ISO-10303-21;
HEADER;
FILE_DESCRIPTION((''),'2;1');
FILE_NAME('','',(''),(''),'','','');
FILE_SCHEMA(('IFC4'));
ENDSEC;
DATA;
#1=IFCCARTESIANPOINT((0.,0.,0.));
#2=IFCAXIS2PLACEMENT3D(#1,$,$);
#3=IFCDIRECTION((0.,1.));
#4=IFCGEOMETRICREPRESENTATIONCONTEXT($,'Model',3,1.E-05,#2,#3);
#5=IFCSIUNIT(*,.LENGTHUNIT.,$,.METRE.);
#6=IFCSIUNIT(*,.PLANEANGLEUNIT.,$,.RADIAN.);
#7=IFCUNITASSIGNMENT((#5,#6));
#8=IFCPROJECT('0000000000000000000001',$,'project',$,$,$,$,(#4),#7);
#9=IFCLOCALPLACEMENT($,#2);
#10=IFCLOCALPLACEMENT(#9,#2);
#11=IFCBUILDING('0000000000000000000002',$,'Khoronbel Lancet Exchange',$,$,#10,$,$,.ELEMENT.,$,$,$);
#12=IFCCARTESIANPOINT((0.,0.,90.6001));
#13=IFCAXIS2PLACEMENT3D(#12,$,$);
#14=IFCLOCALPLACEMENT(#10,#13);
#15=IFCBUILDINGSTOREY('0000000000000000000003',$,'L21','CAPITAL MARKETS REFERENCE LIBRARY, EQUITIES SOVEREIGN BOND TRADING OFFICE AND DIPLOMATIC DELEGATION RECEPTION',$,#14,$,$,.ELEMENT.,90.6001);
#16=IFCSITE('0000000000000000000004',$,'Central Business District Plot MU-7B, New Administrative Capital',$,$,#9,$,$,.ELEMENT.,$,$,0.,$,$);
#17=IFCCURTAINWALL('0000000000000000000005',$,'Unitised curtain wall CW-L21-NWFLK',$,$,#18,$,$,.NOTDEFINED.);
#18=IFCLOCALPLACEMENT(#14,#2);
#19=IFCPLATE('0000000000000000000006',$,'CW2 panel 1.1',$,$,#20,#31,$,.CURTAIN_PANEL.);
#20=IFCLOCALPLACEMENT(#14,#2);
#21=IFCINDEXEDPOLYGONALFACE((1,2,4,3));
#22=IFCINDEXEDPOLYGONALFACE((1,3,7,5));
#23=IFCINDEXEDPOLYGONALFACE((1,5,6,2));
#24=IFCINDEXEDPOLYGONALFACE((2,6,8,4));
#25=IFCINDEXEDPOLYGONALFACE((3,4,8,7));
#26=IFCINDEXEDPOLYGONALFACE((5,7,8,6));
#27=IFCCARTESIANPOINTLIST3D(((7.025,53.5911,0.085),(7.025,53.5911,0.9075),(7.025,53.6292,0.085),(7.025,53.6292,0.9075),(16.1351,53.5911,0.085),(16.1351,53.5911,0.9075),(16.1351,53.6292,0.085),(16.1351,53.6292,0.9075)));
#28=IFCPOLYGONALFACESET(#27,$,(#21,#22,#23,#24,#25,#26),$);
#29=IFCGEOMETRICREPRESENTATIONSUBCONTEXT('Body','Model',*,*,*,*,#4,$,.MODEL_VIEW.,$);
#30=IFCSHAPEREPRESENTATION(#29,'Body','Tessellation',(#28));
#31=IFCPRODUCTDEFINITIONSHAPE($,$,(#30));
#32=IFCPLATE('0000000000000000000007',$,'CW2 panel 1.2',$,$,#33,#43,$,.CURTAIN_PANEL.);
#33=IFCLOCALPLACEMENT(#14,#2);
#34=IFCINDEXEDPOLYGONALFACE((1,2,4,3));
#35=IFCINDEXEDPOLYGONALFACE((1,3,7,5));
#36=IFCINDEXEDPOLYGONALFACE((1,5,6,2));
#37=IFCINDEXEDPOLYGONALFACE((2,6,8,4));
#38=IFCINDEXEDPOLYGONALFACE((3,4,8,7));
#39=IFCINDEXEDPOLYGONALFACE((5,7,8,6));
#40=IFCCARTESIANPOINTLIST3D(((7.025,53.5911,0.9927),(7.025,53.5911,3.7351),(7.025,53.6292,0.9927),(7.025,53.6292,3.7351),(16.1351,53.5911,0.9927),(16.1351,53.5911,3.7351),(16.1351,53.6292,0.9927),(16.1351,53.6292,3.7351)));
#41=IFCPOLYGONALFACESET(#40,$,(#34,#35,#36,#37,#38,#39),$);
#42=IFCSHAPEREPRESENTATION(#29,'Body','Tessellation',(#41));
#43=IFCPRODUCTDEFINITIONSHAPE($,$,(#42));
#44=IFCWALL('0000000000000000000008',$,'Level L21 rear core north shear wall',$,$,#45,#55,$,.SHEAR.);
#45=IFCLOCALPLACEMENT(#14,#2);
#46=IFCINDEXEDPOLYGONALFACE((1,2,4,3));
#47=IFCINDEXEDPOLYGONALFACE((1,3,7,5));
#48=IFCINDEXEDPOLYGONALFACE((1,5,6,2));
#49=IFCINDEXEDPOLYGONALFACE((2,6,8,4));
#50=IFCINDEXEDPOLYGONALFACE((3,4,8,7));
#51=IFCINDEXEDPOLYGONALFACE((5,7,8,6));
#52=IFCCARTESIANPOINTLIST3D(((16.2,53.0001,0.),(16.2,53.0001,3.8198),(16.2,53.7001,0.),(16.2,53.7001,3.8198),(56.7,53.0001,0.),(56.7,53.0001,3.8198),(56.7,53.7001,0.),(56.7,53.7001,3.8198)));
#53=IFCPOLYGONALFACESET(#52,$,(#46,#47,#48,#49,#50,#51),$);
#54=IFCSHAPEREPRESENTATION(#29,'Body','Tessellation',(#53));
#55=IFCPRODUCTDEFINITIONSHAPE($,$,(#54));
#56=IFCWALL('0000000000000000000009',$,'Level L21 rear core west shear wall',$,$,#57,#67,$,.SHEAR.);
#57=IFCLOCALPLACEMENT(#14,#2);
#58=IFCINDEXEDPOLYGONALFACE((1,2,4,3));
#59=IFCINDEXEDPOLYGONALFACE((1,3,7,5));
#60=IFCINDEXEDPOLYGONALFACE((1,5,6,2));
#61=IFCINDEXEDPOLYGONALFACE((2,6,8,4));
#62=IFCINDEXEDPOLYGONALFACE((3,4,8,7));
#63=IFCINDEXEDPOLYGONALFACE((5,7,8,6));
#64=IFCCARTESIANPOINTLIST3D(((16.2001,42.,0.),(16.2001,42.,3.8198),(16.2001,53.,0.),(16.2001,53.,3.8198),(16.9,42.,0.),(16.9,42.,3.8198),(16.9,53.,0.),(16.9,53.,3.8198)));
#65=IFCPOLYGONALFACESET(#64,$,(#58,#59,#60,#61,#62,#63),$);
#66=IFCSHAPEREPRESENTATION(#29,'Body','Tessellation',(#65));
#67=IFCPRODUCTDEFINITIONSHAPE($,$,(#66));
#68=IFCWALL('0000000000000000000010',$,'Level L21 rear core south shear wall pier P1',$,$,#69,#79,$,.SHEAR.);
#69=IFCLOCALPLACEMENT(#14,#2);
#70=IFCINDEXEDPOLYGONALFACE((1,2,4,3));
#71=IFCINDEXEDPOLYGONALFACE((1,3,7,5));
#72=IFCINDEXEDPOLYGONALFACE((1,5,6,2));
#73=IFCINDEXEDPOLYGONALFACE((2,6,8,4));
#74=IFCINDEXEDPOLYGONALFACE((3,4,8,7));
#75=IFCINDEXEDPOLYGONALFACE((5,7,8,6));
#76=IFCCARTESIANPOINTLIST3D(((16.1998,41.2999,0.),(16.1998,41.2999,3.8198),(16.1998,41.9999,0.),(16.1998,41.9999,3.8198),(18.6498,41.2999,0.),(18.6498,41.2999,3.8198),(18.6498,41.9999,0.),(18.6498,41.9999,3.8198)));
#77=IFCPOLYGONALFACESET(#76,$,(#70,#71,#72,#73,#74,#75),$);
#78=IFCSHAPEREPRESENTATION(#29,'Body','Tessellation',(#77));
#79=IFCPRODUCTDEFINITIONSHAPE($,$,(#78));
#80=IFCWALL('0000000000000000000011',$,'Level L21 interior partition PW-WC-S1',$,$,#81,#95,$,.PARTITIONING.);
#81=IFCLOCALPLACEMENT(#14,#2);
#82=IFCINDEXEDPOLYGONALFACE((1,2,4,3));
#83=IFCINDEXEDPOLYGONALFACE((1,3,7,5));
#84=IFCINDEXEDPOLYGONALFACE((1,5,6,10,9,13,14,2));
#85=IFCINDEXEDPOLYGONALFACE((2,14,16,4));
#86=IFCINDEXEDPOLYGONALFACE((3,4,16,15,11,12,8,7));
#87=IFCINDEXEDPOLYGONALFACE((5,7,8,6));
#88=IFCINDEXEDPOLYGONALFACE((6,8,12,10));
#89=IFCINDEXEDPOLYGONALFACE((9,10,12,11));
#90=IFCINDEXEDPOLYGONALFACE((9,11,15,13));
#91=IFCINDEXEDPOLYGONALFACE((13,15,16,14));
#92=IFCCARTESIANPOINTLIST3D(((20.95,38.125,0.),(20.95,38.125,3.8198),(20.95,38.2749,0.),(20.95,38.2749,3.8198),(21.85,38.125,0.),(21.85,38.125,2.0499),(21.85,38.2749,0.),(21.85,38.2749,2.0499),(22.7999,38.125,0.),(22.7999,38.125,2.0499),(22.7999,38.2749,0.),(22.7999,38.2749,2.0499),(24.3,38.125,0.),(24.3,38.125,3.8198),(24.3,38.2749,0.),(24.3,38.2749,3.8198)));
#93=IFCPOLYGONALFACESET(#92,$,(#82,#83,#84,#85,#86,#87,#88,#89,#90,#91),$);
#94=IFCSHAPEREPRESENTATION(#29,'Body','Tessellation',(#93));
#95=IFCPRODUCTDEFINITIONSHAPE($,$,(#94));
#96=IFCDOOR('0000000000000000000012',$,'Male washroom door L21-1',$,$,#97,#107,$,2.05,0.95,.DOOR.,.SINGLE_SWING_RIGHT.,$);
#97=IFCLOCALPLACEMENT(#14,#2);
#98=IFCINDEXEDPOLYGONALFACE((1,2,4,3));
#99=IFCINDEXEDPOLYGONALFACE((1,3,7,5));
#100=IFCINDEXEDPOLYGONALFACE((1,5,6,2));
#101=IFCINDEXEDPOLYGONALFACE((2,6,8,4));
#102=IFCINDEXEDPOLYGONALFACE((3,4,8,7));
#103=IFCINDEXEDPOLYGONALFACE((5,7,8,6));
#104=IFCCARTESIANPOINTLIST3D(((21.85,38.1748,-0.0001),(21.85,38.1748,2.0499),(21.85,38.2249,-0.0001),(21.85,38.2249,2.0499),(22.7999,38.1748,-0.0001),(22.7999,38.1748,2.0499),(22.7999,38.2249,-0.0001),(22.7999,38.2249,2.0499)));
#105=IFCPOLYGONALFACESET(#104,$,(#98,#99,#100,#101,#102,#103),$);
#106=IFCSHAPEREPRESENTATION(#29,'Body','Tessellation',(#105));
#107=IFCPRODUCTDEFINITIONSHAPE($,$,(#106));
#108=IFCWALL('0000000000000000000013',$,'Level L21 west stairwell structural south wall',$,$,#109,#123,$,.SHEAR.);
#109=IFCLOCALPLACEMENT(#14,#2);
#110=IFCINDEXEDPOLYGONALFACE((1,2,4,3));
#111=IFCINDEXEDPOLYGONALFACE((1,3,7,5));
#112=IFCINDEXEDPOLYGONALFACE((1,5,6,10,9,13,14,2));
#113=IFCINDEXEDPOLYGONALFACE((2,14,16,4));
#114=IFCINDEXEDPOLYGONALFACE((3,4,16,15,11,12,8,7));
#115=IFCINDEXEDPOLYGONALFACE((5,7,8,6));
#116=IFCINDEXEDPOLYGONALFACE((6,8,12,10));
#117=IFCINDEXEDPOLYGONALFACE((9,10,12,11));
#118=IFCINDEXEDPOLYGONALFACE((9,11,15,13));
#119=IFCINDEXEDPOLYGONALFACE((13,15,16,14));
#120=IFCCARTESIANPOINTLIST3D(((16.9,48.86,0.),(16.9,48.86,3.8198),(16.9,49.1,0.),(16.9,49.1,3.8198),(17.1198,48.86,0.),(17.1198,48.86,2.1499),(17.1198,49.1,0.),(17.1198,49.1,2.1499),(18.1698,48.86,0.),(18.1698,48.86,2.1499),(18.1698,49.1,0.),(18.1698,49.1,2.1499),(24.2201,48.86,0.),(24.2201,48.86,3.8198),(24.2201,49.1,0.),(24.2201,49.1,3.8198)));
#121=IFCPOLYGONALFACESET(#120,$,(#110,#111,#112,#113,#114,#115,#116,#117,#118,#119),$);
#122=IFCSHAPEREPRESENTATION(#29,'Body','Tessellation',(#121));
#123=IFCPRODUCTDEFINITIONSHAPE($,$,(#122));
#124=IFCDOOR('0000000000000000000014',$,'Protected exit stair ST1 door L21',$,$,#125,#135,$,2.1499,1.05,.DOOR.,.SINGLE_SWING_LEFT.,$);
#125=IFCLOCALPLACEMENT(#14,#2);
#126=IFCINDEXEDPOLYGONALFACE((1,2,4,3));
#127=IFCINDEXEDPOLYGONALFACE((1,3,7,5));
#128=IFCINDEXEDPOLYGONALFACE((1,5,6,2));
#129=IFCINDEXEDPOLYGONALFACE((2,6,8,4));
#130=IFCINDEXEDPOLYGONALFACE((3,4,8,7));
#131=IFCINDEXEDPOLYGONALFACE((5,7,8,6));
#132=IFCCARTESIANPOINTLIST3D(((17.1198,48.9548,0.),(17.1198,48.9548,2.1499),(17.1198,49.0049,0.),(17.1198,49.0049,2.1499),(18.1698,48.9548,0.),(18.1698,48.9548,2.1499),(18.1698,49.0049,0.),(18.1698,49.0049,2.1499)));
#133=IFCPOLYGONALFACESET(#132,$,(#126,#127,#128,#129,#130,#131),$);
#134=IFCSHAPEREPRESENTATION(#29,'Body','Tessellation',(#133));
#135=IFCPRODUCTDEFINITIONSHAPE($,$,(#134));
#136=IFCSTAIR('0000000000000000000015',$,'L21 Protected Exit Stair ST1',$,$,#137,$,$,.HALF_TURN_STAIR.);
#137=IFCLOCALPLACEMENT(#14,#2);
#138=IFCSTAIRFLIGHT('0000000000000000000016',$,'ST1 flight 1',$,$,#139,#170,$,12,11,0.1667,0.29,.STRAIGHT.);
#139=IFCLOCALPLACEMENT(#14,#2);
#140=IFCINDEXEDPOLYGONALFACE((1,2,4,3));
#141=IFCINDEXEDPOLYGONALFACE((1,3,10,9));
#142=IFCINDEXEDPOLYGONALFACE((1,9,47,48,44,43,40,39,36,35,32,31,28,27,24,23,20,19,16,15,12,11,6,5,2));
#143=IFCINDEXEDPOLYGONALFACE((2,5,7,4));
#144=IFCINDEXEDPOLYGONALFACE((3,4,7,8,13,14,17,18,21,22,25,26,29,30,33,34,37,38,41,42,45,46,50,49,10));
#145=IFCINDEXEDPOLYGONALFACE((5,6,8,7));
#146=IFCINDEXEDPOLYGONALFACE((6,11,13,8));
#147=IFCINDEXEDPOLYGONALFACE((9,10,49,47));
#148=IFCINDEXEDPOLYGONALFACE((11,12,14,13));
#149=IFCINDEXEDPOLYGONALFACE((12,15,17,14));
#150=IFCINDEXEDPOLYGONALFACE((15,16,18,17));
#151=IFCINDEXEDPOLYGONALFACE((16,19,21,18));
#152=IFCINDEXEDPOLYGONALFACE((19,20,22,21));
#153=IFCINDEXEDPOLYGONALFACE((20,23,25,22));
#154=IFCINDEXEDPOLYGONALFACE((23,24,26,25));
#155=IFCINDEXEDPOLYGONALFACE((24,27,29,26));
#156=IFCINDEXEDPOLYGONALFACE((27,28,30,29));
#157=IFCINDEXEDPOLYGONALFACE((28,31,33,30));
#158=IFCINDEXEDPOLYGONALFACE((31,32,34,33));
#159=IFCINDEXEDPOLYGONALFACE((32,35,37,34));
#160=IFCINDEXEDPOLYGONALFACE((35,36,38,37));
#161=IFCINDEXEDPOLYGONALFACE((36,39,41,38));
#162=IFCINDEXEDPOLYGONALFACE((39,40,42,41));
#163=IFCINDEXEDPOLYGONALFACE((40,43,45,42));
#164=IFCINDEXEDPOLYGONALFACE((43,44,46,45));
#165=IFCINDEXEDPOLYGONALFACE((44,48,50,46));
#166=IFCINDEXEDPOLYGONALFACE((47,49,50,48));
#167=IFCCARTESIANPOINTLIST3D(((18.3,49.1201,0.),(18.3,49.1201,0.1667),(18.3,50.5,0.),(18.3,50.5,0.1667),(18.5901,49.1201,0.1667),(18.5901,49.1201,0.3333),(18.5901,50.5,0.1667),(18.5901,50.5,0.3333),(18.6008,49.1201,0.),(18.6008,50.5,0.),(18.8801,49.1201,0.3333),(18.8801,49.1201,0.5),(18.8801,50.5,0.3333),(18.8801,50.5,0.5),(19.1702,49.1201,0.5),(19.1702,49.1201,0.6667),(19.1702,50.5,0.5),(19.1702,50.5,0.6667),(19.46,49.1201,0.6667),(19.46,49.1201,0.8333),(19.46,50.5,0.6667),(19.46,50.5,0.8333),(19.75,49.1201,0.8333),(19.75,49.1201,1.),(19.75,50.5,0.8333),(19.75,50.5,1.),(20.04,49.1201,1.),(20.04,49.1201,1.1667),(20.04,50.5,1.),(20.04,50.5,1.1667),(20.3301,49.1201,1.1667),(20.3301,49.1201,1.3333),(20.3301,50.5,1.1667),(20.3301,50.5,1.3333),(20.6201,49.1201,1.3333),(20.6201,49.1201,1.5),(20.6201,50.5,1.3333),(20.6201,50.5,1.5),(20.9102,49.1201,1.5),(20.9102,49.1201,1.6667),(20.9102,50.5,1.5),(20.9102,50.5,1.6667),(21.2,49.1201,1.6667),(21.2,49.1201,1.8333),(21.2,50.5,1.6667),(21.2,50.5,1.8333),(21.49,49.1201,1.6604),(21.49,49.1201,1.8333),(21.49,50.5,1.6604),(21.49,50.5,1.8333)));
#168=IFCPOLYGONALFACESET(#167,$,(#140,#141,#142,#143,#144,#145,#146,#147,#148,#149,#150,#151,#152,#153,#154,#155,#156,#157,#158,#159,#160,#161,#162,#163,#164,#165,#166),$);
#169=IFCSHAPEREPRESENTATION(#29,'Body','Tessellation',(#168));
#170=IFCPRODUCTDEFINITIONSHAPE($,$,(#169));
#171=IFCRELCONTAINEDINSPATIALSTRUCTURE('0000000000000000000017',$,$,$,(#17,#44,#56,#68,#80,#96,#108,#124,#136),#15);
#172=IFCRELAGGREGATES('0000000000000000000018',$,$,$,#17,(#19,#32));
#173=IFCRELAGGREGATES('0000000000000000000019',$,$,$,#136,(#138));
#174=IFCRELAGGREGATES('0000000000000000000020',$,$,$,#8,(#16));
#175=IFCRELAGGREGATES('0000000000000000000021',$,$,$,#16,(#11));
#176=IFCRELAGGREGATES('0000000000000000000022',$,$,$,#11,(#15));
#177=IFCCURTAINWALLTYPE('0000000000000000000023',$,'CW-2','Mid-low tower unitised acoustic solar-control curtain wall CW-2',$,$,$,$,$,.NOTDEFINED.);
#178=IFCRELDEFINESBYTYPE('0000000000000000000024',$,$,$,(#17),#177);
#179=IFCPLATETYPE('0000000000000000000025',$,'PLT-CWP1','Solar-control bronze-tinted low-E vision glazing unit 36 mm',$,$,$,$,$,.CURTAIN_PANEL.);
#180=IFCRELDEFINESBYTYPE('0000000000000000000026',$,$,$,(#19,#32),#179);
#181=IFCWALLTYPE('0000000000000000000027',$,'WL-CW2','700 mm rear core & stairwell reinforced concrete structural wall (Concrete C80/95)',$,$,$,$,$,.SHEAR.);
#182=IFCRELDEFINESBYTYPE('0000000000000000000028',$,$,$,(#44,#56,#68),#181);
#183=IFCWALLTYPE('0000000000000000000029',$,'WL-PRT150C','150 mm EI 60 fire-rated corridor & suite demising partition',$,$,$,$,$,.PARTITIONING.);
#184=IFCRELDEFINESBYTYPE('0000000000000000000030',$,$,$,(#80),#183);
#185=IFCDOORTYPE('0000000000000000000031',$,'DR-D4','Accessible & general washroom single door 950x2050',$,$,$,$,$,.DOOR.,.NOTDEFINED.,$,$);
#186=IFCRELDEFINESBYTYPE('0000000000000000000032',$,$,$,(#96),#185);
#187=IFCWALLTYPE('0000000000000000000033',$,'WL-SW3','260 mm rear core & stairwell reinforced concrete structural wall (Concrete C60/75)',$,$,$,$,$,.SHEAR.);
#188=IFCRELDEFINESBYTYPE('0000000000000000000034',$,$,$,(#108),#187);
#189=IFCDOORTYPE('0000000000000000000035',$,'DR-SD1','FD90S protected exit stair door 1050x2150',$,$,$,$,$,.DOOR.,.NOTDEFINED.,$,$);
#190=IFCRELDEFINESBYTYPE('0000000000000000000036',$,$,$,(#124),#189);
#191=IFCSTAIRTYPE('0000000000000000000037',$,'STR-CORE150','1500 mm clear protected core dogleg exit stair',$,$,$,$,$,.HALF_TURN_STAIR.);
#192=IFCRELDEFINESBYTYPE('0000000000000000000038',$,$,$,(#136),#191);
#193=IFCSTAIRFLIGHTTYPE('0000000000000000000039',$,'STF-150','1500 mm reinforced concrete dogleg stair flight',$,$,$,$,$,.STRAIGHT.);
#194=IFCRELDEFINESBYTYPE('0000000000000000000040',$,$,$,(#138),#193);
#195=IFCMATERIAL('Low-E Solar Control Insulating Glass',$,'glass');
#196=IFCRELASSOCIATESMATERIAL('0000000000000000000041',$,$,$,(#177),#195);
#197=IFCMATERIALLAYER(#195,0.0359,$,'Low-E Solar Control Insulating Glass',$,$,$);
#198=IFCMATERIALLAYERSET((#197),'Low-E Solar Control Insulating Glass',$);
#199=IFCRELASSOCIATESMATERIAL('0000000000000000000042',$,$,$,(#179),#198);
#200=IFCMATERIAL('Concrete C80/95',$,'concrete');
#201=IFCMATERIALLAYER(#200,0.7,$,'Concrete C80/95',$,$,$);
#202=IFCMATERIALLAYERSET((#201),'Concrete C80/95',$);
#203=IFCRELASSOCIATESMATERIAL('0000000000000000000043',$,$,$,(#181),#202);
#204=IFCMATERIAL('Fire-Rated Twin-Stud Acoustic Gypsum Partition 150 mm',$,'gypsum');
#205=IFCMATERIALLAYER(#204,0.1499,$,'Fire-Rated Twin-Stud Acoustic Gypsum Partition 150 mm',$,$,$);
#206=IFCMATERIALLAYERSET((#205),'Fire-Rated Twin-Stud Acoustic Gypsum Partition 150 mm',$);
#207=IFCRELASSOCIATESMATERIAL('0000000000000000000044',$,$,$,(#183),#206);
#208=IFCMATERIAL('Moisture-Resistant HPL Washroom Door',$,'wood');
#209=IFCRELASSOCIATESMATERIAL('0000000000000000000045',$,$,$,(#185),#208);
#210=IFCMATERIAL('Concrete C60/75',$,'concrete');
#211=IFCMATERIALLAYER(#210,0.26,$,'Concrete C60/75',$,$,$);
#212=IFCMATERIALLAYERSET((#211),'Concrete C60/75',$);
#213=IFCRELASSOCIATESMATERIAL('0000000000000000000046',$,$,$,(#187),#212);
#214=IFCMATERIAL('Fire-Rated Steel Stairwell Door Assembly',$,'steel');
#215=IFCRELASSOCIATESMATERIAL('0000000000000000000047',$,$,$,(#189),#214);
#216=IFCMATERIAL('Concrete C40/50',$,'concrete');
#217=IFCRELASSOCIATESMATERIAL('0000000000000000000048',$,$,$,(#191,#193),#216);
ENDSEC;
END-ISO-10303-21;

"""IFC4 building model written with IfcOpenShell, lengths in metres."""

from ifc_helpers import new_model, si_unit, direction, frame, frame_2d, origin, origin_2d, place, context, subcontext, project, spatial, polyline, rectangle, outline, extrude, material, layer, layer_set, type_object, element, fill, aggregate, save


model = new_model("IFC4")

# Units and contexts
model_context = context("Model", 3, precision=1e-05, world=origin(), true_north=direction((0.0, 1.0)))
body_context = subcontext(model_context, "Body", "Model", "MODEL_VIEW")
ifc_project = project(units=[si_unit("LENGTHUNIT", "METRE"), si_unit("PLANEANGLEUNIT", "RADIAN")], contexts=[model_context])

# Site, building, storey
site_placement = place(None, origin())
site = spatial("IfcSite", under=ifc_project, at=site_placement, Name="Central Business District Plot MU-7B, New Administrative Capital", CompositionType="ELEMENT", RefElevation=0.0)
building_placement = place(site_placement, origin())
building = spatial("IfcBuilding", under=site, at=building_placement, Name="Khoronbel Lancet Exchange", CompositionType="ELEMENT")
storey_placement = place(building_placement, frame((0.0, 0.0, 90.6001)))
storey = spatial("IfcBuildingStorey", under=building, at=storey_placement, Name="L21", Description="CAPITAL MARKETS REFERENCE LIBRARY, EQUITIES SOVEREIGN BOND TRADING OFFICE AND DIPLOMATIC DELEGATION RECEPTION", CompositionType="ELEMENT", Elevation=90.6001)

# Shared definitions
ifc_material_1 = material(Name="Concrete C80/95", Category="concrete")

# Curtain wall, plates
ifc_material_2 = material(Name="Low-E Solar Control Insulating Glass", Category="glass")
curtain_wall_type = type_object("IfcCurtainWallType", Name="CW-2", Description="Mid-low tower unitised acoustic solar-control curtain wall CW-2", PredefinedType="NOTDEFINED", material=ifc_material_2)
curtain_wall_placement = place(storey_placement, origin())
curtain_wall = element("IfcCurtainWall", 1, at=curtain_wall_placement, inside=storey, type_object=curtain_wall_type, Name="Unitised curtain wall CW-L21-NWFLK", PredefinedType="NOTDEFINED")
ifc_layer_1 = layer(ifc_material_2, 0.0359, Name="Low-E Solar Control Insulating Glass")
ifc_layer_set_1 = layer_set([ifc_layer_1], Name="Low-E Solar Control Insulating Glass")
plate_type_1 = type_object("IfcPlateType", Name="PLT-CWP1", Description="Solar-control bronze-tinted low-E vision glazing unit 36 mm", PredefinedType="CURTAIN_PANEL", material=ifc_layer_set_1)
plate_1_placement = place(storey_placement, frame((11.5801, 53.6101, 0.085), z_axis=(0.0, 0.0, 1.0), x_axis=(-1.0, 0.0, 0.0)))
plate_1 = element("IfcPlate", 2, at=plate_1_placement, type_object=plate_type_1, Name="CW2 panel 1.1", PredefinedType="CURTAIN_PANEL", context=body_context, shape_type="SweptSolid", body=[
    extrude(rectangle(XDim=9.1101, YDim=0.0381, at=origin_2d()), origin(), (0.0, 0.0, 1.0), 0.8225),
])
plate_2_placement = place(storey_placement, frame((11.5801, 53.6101, 0.9927), z_axis=(0.0, 0.0, 1.0), x_axis=(-1.0, 0.0, 0.0)))
plate_2 = element("IfcPlate", 3, at=plate_2_placement, type_object=plate_type_1, Name="CW2 panel 1.2", PredefinedType="CURTAIN_PANEL", context=body_context, shape_type="SweptSolid", body=[
    extrude(rectangle(XDim=9.1101, YDim=0.0381, at=origin_2d()), origin(), (0.0, 0.0, 1.0), 2.7424),
])
aggregate(curtain_wall, [plate_1, plate_2])

# Walls
ifc_layer_2 = layer(ifc_material_1, 0.7, Name="Concrete C80/95")
ifc_layer_set_2 = layer_set([ifc_layer_2], Name="Concrete C80/95")
wall_type_1 = type_object("IfcWallType", Name="WL-CW2", Description="700 mm rear core & stairwell reinforced concrete structural wall (Concrete C80/95)", PredefinedType="SHEAR", material=ifc_layer_set_2)
wall_1_placement = place(storey_placement, frame((16.2, 53.3501, 0.0), z_axis=(0.0, 0.0, 1.0), x_axis=(1.0, 0.0, 0.0)))
element("IfcWall", 4, at=wall_1_placement, inside=storey, type_object=wall_type_1, Name="Level L21 rear core north shear wall", PredefinedType="SHEAR", context=body_context, shape_type="SweptSolid", body=[
    extrude(rectangle(XDim=40.5, YDim=0.7, at=frame_2d((20.25, 0.0))), origin(), (0.0, 0.0, 1.0), 3.8198),
])
wall_2_placement = place(storey_placement, frame((16.55, 42.0, 0.0), z_axis=(0.0, 0.0, 1.0), x_axis=(0.0, 1.0, 0.0)))
element("IfcWall", 5, at=wall_2_placement, inside=storey, type_object=wall_type_1, Name="Level L21 rear core west shear wall", PredefinedType="SHEAR", context=body_context, shape_type="SweptSolid", body=[
    extrude(rectangle(XDim=11.0, YDim=0.7, at=frame_2d((5.5, 0.0))), origin(), (0.0, 0.0, 1.0), 3.8198),
])
wall_3_placement = place(storey_placement, frame((18.6499, 41.6499, 0.0), z_axis=(0.0, 0.0, 1.0), x_axis=(-1.0, 0.0, 0.0)))
element("IfcWall", 6, at=wall_3_placement, inside=storey, type_object=wall_type_1, Name="Level L21 rear core south shear wall pier P1", PredefinedType="SHEAR", context=body_context, shape_type="SweptSolid", body=[
    extrude(rectangle(XDim=2.45, YDim=0.7, at=frame_2d((1.2251, 0.0))), origin(), (0.0, 0.0, 1.0), 3.8198),
])

# Walls, openings, doors
ifc_material_3 = material(Name="Fire-Rated Twin-Stud Acoustic Gypsum Partition 150 mm", Category="gypsum")
ifc_layer_3 = layer(ifc_material_3, 0.1499, Name="Fire-Rated Twin-Stud Acoustic Gypsum Partition 150 mm")
ifc_layer_set_3 = layer_set([ifc_layer_3], Name="Fire-Rated Twin-Stud Acoustic Gypsum Partition 150 mm")
wall_type_2 = type_object("IfcWallType", Name="WL-PRT150C", Description="150 mm EI 60 fire-rated corridor & suite demising partition", PredefinedType="PARTITIONING", material=ifc_layer_set_3)
wall_4_placement = place(storey_placement, frame((20.95, 38.2, 0.0), z_axis=(0.0, 0.0, 1.0), x_axis=(1.0, 0.0, 0.0)))
wall_4 = element("IfcWall", 7, at=wall_4_placement, inside=storey, type_object=wall_type_2, Name="Level L21 interior partition PW-WC-S1", PredefinedType="PARTITIONING", context=body_context, shape_type="SweptSolid", body=[
    extrude(rectangle(XDim=3.3501, YDim=0.1499, at=frame_2d((1.675, 0.0))), origin(), (0.0, 0.0, 1.0), 3.8198),
])
opening_1_placement = place(wall_4_placement, frame((0.8999, 0.0, 0.0)))
opening_1 = element("IfcOpeningElement", 8, at=opening_1_placement, cuts=wall_4, PredefinedType="OPENING", context=body_context, shape_type="SweptSolid", body=[
    extrude(rectangle(XDim=0.95, YDim=2.05, at=frame_2d((0.4751, 1.0249))), frame((0.0, 0.085, 0.0), z_axis=(0.0, -1.0, 0.0), x_axis=(1.0, 0.0, 0.0)), (0.0, 0.0, 1.0), 0.1699),
])
ifc_material_4 = material(Name="Moisture-Resistant HPL Washroom Door", Category="wood")
door_type_1 = type_object("IfcDoorType", Name="DR-D4", Description="Accessible & general washroom single door 950x2050", OperationType="NOTDEFINED", PredefinedType="DOOR", material=ifc_material_4)
door_1_placement = place(opening_1_placement, origin())
door_1 = element("IfcDoor", 9, at=door_1_placement, inside=storey, type_object=door_type_1, Name="Male washroom door L21-1", OperationType="SINGLE_SWING_RIGHT", OverallHeight=2.05, OverallWidth=0.95, PredefinedType="DOOR", context=body_context, shape_type="SweptSolid", body=[
    extrude(rectangle(XDim=0.95, YDim=2.05, at=frame_2d((0.4751, 1.0249))), frame((0.0, 0.0249, 0.0), z_axis=(0.0, -1.0, 0.0), x_axis=(1.0, 0.0, 0.0)), (0.0, 0.0, 1.0), 0.05),
])
fill(opening_1, door_1)
ifc_material_5 = material(Name="Concrete C60/75", Category="concrete")
ifc_layer_4 = layer(ifc_material_5, 0.26, Name="Concrete C60/75")
ifc_layer_set_4 = layer_set([ifc_layer_4], Name="Concrete C60/75")
wall_type_3 = type_object("IfcWallType", Name="WL-SW3", Description="260 mm rear core & stairwell reinforced concrete structural wall (Concrete C60/75)", PredefinedType="SHEAR", material=ifc_layer_set_4)
wall_5_placement = place(storey_placement, frame((16.8999, 48.98, 0.0), z_axis=(0.0, 0.0, 1.0), x_axis=(1.0, 0.0, 0.0)))
wall_5 = element("IfcWall", 10, at=wall_5_placement, inside=storey, type_object=wall_type_3, Name="Level L21 west stairwell structural south wall", PredefinedType="SHEAR", context=body_context, shape_type="SweptSolid", body=[
    extrude(rectangle(XDim=7.3201, YDim=0.24, at=frame_2d((3.6602, 0.0))), origin(), (0.0, 0.0, 1.0), 3.8198),
])
opening_2_placement = place(wall_5_placement, frame((0.22, 0.0, 0.0)))
opening_2 = element("IfcOpeningElement", 11, at=opening_2_placement, cuts=wall_5, PredefinedType="OPENING", context=body_context, shape_type="SweptSolid", body=[
    extrude(rectangle(XDim=1.05, YDim=2.1499, at=frame_2d((0.5249, 1.075))), frame((0.0, 0.1299, 0.0), z_axis=(0.0, -1.0, 0.0), x_axis=(1.0, 0.0, 0.0)), (0.0, 0.0, 1.0), 0.26),
])
ifc_material_6 = material(Name="Fire-Rated Steel Stairwell Door Assembly", Category="steel")
door_type_2 = type_object("IfcDoorType", Name="DR-SD1", Description="FD90S protected exit stair door 1050x2150", OperationType="NOTDEFINED", PredefinedType="DOOR", material=ifc_material_6)
door_2_placement = place(opening_2_placement, origin())
door_2 = element("IfcDoor", 12, at=door_2_placement, inside=storey, type_object=door_type_2, Name="Protected exit stair ST1 door L21", OperationType="SINGLE_SWING_LEFT", OverallHeight=2.1499, OverallWidth=1.05, PredefinedType="DOOR", context=body_context, shape_type="SweptSolid", body=[
    extrude(rectangle(XDim=1.05, YDim=2.1499, at=frame_2d((0.5249, 1.075))), frame((0.0, 0.0249, 0.0), z_axis=(0.0, -1.0, 0.0), x_axis=(1.0, 0.0, 0.0)), (0.0, 0.0, 1.0), 0.05),
])
fill(opening_2, door_2)

# Stair, stair flight
ifc_material_7 = material(Name="Concrete C40/50", Category="concrete")
stair_type = type_object("IfcStairType", Name="STR-CORE150", Description="1500 mm clear protected core dogleg exit stair", PredefinedType="HALF_TURN_STAIR", material=ifc_material_7)
stair_placement = place(storey_placement, origin())
stair = element("IfcStair", 13, at=stair_placement, inside=storey, type_object=stair_type, Name="L21 Protected Exit Stair ST1", PredefinedType="HALF_TURN_STAIR")
stair_flight_type = type_object("IfcStairFlightType", Name="STF-150", Description="1500 mm reinforced concrete dogleg stair flight", PredefinedType="STRAIGHT", material=ifc_material_7)
stair_flight_placement = place(storey_placement, frame((18.3, 49.8101, 0.0), z_axis=(0.0, 0.0, 1.0), x_axis=(1.0, 0.0, 0.0)))
stair_flight = element("IfcStairFlight", 14, at=stair_flight_placement, type_object=stair_flight_type, Name="ST1 flight 1", NumberOfRisers=12, NumberOfTreads=11, PredefinedType="STRAIGHT", RiserHeight=0.1667, TreadLength=0.29, context=body_context, shape_type="SweptSolid", body=[
    extrude(outline(polyline([(0.0, 0.0), (0.0, 0.1667), (0.29, 0.1667), (0.29, 0.3333), (0.5801, 0.3333), (0.5801, 0.5), (0.8701, 0.5), (0.8701, 0.6667), (1.1599, 0.6667), (1.1599, 0.8333), (1.45, 0.8333), (1.45, 1.0), (1.74, 1.0), (1.74, 1.1667), (2.03, 1.1667), (2.03, 1.3333), (2.3201, 1.3333), (2.3201, 1.5), (2.6101, 1.5), (2.6101, 1.6667), (2.8999, 1.6667), (2.8999, 1.8333), (3.1899, 1.8333), (3.1899, 2.0), (3.1899, 1.6604), (0.3008, 0.0), (0.0, 0.0)])), frame((0.0, 0.6899, 0.0), z_axis=(0.0, -1.0, 0.0), x_axis=(1.0, 0.0, 0.0)), (0.0, 0.0, 1.0), 1.3799),
])
aggregate(stair, [stair_flight])

save(model, "model.ifc")
